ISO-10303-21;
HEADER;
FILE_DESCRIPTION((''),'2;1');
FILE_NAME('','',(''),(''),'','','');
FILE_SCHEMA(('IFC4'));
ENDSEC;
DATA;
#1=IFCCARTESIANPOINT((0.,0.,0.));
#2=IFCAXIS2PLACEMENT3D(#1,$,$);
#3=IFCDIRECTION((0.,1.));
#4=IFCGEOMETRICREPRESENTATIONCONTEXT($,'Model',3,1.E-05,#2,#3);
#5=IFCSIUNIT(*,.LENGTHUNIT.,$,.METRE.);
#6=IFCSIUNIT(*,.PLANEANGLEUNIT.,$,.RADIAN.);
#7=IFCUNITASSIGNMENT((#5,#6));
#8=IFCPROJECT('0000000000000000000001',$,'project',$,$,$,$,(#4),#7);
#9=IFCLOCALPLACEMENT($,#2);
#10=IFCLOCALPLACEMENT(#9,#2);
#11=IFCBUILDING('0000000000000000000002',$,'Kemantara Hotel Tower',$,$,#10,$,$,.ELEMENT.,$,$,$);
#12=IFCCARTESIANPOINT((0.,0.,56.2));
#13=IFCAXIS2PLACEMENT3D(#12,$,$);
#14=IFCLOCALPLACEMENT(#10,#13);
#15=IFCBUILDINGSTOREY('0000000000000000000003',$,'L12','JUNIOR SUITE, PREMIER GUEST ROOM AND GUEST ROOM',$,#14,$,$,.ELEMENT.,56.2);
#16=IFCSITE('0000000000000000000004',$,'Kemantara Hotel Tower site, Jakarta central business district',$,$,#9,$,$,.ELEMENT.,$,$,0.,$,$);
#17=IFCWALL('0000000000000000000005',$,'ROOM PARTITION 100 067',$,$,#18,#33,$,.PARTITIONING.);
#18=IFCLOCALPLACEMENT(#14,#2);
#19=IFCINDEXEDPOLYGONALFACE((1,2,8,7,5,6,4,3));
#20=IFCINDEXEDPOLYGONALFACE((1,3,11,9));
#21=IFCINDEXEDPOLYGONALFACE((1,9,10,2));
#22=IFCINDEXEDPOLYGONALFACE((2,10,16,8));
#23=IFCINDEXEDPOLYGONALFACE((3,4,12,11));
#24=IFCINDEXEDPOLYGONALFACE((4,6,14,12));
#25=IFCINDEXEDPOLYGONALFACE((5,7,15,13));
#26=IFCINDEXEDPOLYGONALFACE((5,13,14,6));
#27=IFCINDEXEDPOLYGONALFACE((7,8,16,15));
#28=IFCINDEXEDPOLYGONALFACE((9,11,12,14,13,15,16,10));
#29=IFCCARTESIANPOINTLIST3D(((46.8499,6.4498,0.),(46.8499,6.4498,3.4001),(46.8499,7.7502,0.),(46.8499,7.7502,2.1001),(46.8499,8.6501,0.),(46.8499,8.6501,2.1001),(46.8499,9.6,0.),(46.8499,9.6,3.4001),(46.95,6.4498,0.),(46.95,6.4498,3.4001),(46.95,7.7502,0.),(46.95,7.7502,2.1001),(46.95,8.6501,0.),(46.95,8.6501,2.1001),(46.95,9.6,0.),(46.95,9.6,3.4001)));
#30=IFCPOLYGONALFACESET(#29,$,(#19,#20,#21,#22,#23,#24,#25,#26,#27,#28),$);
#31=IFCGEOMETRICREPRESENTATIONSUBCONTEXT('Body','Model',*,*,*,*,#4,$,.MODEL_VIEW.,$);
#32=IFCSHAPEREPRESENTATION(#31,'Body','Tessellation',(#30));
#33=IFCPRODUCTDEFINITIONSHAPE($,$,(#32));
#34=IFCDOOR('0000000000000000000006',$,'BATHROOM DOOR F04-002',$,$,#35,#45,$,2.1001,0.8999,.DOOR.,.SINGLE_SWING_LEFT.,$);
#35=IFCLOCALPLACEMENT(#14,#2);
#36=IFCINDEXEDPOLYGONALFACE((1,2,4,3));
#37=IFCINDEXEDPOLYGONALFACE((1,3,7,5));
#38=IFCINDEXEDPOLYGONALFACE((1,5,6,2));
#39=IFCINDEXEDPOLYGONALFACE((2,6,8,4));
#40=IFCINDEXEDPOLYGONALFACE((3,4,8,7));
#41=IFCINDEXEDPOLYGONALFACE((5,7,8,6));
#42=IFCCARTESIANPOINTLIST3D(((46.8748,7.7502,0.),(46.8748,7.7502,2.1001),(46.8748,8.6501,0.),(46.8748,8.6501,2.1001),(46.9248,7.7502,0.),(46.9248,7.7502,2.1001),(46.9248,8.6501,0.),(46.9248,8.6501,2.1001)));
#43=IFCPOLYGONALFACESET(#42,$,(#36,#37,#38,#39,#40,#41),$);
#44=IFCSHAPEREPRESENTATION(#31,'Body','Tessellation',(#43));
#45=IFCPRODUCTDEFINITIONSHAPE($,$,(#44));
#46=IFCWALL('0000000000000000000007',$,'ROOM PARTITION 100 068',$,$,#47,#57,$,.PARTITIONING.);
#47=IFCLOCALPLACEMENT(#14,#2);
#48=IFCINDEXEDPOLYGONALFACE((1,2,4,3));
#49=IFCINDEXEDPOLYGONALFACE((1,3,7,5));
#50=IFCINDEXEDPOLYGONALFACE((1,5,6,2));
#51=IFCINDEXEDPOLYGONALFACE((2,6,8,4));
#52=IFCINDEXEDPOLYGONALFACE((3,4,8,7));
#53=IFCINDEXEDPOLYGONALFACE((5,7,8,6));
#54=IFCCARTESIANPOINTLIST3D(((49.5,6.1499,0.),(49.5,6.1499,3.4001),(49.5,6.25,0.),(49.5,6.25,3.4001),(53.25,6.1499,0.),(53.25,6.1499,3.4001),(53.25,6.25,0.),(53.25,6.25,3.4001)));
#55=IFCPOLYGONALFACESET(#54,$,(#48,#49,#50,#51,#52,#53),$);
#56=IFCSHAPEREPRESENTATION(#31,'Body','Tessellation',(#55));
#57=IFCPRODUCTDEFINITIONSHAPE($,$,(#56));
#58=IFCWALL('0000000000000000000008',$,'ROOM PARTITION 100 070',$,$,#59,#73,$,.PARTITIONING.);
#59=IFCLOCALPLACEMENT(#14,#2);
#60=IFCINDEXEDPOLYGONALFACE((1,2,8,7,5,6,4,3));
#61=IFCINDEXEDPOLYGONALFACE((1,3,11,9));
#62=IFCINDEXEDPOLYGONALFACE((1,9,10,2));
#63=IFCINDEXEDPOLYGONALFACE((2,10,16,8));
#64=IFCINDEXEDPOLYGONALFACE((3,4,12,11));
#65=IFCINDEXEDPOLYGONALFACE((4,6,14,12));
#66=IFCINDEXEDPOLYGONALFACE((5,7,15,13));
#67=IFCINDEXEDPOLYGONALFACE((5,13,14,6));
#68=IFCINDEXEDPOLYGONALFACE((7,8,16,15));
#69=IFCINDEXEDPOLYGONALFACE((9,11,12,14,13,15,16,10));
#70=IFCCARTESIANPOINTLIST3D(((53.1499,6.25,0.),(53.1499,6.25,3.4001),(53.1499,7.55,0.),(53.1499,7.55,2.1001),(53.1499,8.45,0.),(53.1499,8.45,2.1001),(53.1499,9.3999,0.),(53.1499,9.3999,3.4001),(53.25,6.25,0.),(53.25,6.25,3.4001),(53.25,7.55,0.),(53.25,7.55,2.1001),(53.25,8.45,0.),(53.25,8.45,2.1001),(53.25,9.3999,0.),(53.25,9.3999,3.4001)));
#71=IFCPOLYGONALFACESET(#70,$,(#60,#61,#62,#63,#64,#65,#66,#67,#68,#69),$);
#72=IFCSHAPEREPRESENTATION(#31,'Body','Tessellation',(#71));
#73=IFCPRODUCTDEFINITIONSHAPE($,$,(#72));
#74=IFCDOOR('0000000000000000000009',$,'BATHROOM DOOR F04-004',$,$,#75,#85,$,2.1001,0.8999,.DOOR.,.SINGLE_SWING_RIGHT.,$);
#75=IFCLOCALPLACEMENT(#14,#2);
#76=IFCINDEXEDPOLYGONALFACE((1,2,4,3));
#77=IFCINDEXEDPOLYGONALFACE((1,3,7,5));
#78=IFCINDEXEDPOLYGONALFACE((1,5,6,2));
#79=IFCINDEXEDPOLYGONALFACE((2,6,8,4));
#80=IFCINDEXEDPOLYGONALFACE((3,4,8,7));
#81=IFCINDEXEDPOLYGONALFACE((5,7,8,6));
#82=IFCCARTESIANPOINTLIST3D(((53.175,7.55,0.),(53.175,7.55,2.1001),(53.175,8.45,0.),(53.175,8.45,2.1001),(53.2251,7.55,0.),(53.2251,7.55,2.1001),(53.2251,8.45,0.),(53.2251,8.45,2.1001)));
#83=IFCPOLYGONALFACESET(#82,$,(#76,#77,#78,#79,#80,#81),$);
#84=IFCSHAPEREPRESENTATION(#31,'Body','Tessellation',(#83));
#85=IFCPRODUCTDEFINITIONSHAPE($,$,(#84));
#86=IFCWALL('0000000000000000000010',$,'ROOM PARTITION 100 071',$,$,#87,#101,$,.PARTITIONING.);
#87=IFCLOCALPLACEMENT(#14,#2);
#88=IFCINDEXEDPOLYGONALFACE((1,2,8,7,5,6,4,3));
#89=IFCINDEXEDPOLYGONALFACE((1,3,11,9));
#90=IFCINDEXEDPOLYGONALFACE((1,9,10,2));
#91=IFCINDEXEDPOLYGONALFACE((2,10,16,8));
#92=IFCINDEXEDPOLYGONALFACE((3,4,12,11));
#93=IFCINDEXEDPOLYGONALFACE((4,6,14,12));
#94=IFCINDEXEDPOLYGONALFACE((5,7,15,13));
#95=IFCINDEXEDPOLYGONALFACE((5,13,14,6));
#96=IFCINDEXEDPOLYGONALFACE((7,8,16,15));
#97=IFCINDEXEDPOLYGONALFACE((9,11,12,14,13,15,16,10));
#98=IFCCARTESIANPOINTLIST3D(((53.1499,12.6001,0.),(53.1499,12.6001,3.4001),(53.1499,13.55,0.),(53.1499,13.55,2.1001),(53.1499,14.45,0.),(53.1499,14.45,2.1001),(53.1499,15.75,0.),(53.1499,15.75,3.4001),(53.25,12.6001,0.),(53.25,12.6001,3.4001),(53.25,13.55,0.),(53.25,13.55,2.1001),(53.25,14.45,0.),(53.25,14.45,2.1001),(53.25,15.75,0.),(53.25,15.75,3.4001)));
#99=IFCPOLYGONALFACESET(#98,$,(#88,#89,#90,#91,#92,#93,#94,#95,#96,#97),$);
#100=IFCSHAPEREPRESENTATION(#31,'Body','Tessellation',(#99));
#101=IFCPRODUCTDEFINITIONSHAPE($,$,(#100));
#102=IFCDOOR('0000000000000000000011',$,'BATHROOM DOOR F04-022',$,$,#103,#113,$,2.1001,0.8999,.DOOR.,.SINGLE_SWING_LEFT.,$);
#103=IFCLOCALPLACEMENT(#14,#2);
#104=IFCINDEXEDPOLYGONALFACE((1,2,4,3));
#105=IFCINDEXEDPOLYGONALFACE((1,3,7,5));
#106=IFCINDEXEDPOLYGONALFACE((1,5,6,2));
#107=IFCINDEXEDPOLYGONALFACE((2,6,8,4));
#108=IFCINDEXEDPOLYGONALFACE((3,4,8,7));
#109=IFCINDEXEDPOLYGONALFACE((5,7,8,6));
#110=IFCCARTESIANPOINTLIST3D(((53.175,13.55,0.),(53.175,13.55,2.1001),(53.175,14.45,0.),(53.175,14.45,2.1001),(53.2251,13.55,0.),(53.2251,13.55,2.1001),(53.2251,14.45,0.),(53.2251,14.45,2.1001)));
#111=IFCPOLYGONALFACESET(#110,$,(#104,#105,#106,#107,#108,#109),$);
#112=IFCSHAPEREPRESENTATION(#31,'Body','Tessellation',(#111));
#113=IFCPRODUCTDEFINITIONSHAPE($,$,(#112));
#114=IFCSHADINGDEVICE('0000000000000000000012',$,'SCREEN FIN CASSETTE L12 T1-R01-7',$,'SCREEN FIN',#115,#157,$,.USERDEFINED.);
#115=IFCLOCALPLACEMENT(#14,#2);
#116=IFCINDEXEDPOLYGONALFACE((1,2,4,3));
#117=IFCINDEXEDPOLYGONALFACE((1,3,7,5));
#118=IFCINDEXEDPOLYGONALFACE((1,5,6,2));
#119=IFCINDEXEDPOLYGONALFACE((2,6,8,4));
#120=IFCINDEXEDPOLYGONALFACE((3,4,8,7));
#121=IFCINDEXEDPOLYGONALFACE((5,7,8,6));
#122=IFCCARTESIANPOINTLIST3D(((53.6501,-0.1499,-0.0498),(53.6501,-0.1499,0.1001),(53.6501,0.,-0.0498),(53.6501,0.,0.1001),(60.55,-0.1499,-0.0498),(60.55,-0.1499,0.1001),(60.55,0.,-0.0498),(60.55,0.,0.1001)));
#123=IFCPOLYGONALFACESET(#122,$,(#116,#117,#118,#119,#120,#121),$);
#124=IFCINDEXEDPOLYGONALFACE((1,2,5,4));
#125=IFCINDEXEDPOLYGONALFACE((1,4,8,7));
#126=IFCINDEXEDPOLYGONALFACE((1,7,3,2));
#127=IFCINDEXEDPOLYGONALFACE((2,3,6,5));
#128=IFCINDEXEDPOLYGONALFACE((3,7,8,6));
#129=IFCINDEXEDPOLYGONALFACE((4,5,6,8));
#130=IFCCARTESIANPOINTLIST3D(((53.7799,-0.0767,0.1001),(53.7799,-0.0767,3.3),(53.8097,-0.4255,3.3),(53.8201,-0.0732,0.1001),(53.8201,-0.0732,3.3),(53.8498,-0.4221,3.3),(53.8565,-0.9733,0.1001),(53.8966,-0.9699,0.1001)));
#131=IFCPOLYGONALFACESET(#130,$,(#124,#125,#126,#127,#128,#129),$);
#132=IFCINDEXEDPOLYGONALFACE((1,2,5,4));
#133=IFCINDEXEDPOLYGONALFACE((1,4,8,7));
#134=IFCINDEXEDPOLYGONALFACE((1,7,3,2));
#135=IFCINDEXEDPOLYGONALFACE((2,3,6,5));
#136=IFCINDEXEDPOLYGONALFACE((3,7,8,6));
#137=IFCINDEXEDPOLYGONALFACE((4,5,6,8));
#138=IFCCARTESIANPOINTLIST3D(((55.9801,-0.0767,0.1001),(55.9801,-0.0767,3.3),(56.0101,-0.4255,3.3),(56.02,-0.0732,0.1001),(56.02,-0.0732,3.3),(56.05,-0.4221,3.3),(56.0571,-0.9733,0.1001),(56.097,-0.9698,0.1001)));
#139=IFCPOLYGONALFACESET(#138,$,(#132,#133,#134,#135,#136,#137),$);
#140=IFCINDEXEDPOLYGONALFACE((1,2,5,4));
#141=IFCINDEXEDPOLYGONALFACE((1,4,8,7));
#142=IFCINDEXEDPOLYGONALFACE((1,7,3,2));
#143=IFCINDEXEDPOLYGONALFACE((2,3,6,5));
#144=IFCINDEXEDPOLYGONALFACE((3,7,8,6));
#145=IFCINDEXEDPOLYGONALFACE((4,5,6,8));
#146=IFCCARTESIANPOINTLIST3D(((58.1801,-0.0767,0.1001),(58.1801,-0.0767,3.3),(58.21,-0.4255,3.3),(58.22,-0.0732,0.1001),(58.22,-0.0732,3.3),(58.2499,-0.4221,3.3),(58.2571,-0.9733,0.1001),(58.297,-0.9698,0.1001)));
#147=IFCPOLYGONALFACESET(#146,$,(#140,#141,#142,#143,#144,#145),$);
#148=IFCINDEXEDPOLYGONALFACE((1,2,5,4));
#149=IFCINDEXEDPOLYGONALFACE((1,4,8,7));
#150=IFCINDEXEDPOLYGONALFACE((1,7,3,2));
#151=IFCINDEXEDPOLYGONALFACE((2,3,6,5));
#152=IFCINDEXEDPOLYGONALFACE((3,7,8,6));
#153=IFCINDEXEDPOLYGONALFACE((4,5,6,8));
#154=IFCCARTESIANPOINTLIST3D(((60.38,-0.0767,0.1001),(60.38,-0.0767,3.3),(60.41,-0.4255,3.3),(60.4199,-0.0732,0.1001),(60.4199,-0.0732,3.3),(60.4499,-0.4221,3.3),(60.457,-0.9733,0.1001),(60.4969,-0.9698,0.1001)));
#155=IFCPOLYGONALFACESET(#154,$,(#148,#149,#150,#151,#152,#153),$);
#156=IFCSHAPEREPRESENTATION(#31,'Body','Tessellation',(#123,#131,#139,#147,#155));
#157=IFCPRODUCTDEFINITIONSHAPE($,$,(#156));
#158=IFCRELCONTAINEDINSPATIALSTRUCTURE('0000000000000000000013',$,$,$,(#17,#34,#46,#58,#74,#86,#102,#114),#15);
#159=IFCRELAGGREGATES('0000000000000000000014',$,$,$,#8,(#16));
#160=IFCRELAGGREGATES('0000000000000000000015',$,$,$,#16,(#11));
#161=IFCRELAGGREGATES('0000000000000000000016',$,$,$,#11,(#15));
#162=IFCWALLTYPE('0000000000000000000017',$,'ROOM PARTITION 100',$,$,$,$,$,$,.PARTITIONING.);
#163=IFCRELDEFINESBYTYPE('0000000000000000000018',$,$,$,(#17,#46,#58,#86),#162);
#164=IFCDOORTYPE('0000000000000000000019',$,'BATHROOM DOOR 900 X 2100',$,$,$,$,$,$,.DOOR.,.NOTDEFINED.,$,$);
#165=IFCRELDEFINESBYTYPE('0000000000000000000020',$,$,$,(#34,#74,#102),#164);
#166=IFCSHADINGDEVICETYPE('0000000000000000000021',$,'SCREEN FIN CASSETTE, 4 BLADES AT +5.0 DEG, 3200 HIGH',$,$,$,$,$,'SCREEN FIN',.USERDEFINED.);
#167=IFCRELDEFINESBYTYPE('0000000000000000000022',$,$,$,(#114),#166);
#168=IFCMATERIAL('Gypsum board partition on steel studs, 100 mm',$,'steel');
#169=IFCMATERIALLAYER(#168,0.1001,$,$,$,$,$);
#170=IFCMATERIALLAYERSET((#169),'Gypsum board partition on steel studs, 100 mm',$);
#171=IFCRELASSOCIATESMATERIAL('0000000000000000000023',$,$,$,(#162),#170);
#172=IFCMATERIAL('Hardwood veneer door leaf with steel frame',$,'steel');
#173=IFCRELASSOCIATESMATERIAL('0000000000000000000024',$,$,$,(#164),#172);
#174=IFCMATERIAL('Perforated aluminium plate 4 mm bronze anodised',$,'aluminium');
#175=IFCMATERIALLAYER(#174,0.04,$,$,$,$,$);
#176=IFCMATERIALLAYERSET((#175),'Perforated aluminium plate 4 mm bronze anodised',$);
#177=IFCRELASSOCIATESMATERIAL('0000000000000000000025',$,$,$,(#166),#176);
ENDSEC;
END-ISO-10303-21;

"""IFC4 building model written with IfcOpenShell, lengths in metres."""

from ifc_helpers import new_model, si_unit, direction, frame, frame_2d, origin, origin_2d, place, context, subcontext, project, spatial, polyline, rectangle, outline, extrude, source, transform, mapped, material, layer, layer_set, type_object, element, fill, save


model = new_model("IFC4")

# Units and contexts
model_context = context("Model", 3, precision=1e-05, world=origin(), true_north=direction((0.0, 1.0)))
body_context = subcontext(model_context, "Body", "Model", "MODEL_VIEW")
ifc_project = project(units=[si_unit("LENGTHUNIT", "METRE"), si_unit("PLANEANGLEUNIT", "RADIAN")], contexts=[model_context])

# Site, building, storey
site_placement = place(None, origin())
site = spatial("IfcSite", under=ifc_project, at=site_placement, Name="Kemantara Hotel Tower site, Jakarta central business district", CompositionType="ELEMENT", RefElevation=0.0)
building_placement = place(site_placement, origin())
building = spatial("IfcBuilding", under=site, at=building_placement, Name="Kemantara Hotel Tower", CompositionType="ELEMENT")
storey_placement = place(building_placement, frame((0.0, 0.0, 56.2)))
storey = spatial("IfcBuildingStorey", under=building, at=storey_placement, Name="L12", Description="JUNIOR SUITE, PREMIER GUEST ROOM AND GUEST ROOM", CompositionType="ELEMENT", Elevation=56.2)

# Shared definitions
ifc_material_1 = material(Name="Hardwood veneer door leaf with steel frame", Category="steel")

# Wall, opening, door
ifc_material_2 = material(Name="Gypsum board partition on steel studs, 100 mm", Category="steel")
ifc_layer_1 = layer(ifc_material_2, 0.1001)
ifc_layer_set_1 = layer_set([ifc_layer_1], Name="Gypsum board partition on steel studs, 100 mm")
wall_type_1 = type_object("IfcWallType", Name="ROOM PARTITION 100", PredefinedType="PARTITIONING", material=ifc_layer_set_1)
wall_1_placement = place(storey_placement, frame((46.8999, 9.6001, 0.0), z_axis=(0.0, 0.0, 1.0), x_axis=(0.0, -1.0, 0.0)))
wall_1 = element("IfcWall", 1, at=wall_1_placement, inside=storey, type_object=wall_type_1, Name="ROOM PARTITION 100 067", PredefinedType="PARTITIONING", context=body_context, shape_type="SweptSolid", body=[
    extrude(rectangle(XDim=3.1501, YDim=0.1001, at=frame_2d((1.5752, 0.0))), origin(), (0.0, 0.0, 1.0), 3.4001),
])
opening_1_placement = place(wall_1_placement, frame((0.95, 0.0, 0.0)))
opening_1 = element("IfcOpeningElement", 2, at=opening_1_placement, cuts=wall_1, PredefinedType="OPENING", context=body_context, shape_type="SweptSolid", body=[
    extrude(rectangle(XDim=0.8999, YDim=2.1001, at=frame_2d((0.45, 1.05))), frame((0.0, 0.0601, 0.0), z_axis=(0.0, -1.0, 0.0), x_axis=(1.0, 0.0, 0.0)), (0.0, 0.0, 1.0), 0.1201),
])
door_type_1 = type_object("IfcDoorType", Name="BATHROOM DOOR 900 X 2100", OperationType="NOTDEFINED", PredefinedType="DOOR", material=ifc_material_1)
door_1_placement = place(opening_1_placement, origin())
door_1 = element("IfcDoor", 3, at=door_1_placement, inside=storey, type_object=door_type_1, Name="BATHROOM DOOR F04-002", OperationType="SINGLE_SWING_LEFT", OverallHeight=2.1001, OverallWidth=0.8999, PredefinedType="DOOR", context=body_context, shape_type="SweptSolid", body=[
    extrude(rectangle(XDim=0.8999, YDim=2.1001, at=frame_2d((0.45, 1.05))), frame((0.0, 0.0249, 0.0), z_axis=(0.0, -1.0, 0.0), x_axis=(1.0, 0.0, 0.0)), (0.0, 0.0, 1.0), 0.05),
])
fill(opening_1, door_1)

# Wall
wall_2_placement = place(storey_placement, frame((49.5, 6.2, 0.0), z_axis=(0.0, 0.0, 1.0), x_axis=(1.0, 0.0, 0.0)))
element("IfcWall", 4, at=wall_2_placement, inside=storey, type_object=wall_type_1, Name="ROOM PARTITION 100 068", PredefinedType="PARTITIONING", context=body_context, shape_type="SweptSolid", body=[
    extrude(rectangle(XDim=3.75, YDim=0.1001, at=frame_2d((1.875, 0.0))), origin(), (0.0, 0.0, 1.0), 3.4001),
])

# Walls, openings, doors
wall_3_placement = place(storey_placement, frame((53.2, 6.25, 0.0), z_axis=(0.0, 0.0, 1.0), x_axis=(0.0, 1.0, 0.0)))
wall_3 = element("IfcWall", 5, at=wall_3_placement, inside=storey, type_object=wall_type_1, Name="ROOM PARTITION 100 070", PredefinedType="PARTITIONING", context=body_context, shape_type="SweptSolid", body=[
    extrude(rectangle(XDim=3.1499, YDim=0.1001, at=frame_2d((1.575, 0.0))), origin(), (0.0, 0.0, 1.0), 3.4001),
])
opening_2_placement = place(wall_3_placement, frame((1.3, 0.0, 0.0)))
opening_2 = element("IfcOpeningElement", 6, at=opening_2_placement, cuts=wall_3, PredefinedType="OPENING", context=body_context, shape_type="SweptSolid", body=[
    extrude(rectangle(XDim=0.8999, YDim=2.1001, at=frame_2d((0.45, 1.05))), frame((0.0, 0.0601, 0.0), z_axis=(0.0, -1.0, 0.0), x_axis=(1.0, 0.0, 0.0)), (0.0, 0.0, 1.0), 0.1201),
])
door_2_placement = place(opening_2_placement, origin())
door_2 = element("IfcDoor", 7, at=door_2_placement, inside=storey, type_object=door_type_1, Name="BATHROOM DOOR F04-004", OperationType="SINGLE_SWING_RIGHT", OverallHeight=2.1001, OverallWidth=0.8999, PredefinedType="DOOR", context=body_context, shape_type="SweptSolid", body=[
    extrude(rectangle(XDim=0.8999, YDim=2.1001, at=frame_2d((0.45, 1.05))), frame((0.0, 0.0249, 0.0), z_axis=(0.0, -1.0, 0.0), x_axis=(1.0, 0.0, 0.0)), (0.0, 0.0, 1.0), 0.05),
])
fill(opening_2, door_2)
wall_4_placement = place(storey_placement, frame((53.2, 12.6001, 0.0), z_axis=(0.0, 0.0, 1.0), x_axis=(0.0, 1.0, 0.0)))
wall_4 = element("IfcWall", 8, at=wall_4_placement, inside=storey, type_object=wall_type_1, Name="ROOM PARTITION 100 071", PredefinedType="PARTITIONING", context=body_context, shape_type="SweptSolid", body=[
    extrude(rectangle(XDim=3.1499, YDim=0.1001, at=frame_2d((1.575, 0.0))), origin(), (0.0, 0.0, 1.0), 3.4001),
])
opening_3_placement = place(wall_4_placement, frame((0.95, 0.0, 0.0)))
opening_3 = element("IfcOpeningElement", 9, at=opening_3_placement, cuts=wall_4, PredefinedType="OPENING", context=body_context, shape_type="SweptSolid", body=[
    extrude(rectangle(XDim=0.8999, YDim=2.1001, at=frame_2d((0.45, 1.05))), frame((0.0, 0.0601, 0.0), z_axis=(0.0, -1.0, 0.0), x_axis=(1.0, 0.0, 0.0)), (0.0, 0.0, 1.0), 0.1201),
])
door_3_placement = place(opening_3_placement, origin())
door_3 = element("IfcDoor", 10, at=door_3_placement, inside=storey, type_object=door_type_1, Name="BATHROOM DOOR F04-022", OperationType="SINGLE_SWING_LEFT", OverallHeight=2.1001, OverallWidth=0.8999, PredefinedType="DOOR", context=body_context, shape_type="SweptSolid", body=[
    extrude(rectangle(XDim=0.8999, YDim=2.1001, at=frame_2d((0.45, 1.05))), frame((0.0, 0.0249, 0.0), z_axis=(0.0, -1.0, 0.0), x_axis=(1.0, 0.0, 0.0)), (0.0, 0.0, 1.0), 0.05),
])
fill(opening_3, door_3)

# Shading device
ifc_material_3 = material(Name="Perforated aluminium plate 4 mm bronze anodised", Category="aluminium")
ifc_layer_2 = layer(ifc_material_3, 0.04)
ifc_layer_set_2 = layer_set([ifc_layer_2], Name="Perforated aluminium plate 4 mm bronze anodised")
shading_device_type = type_object("IfcShadingDeviceType", Name="SCREEN FIN CASSETTE, 4 BLADES AT +5.0 DEG, 3200 HIGH", ElementType="SCREEN FIN", PredefinedType="USERDEFINED", material=ifc_layer_set_2)
shared_shape = source(origin(), body_context, "Body", "SweptSolid", [
    extrude(rectangle(XDim=6.8999, YDim=0.1499, at=origin_2d()), frame((3.3, -0.075, -0.1499), z_axis=(0.0, 0.0, 1.0), x_axis=(1.0, 0.0, 0.0)), (0.0, 0.0, 1.0), 0.1499),
    extrude(outline(polyline([(0.0, 0.0), (0.8999, 0.0), (0.3501, 3.2), (0.0, 3.2), (0.0, 0.0)])), frame((0.02, -0.0732, 0.0), z_axis=(-0.996376, -0.085056, 0.0), x_axis=(0.085056, -0.996376, 0.0)), (0.0, 0.0, 1.0), 0.0403),
    extrude(outline(polyline([(0.0, 0.0), (0.8999, 0.0), (0.3501, 3.2), (0.0, 3.2), (0.0, 0.0)])), frame((2.22, -0.0732, 0.0), z_axis=(-0.996332, -0.085575, 0.0), x_axis=(0.085575, -0.996332, 0.0)), (0.0, 0.0, 1.0), 0.04),
    extrude(outline(polyline([(0.0, 0.0), (0.8999, 0.0), (0.3501, 3.2), (0.0, 3.2), (0.0, 0.0)])), frame((4.4199, -0.0732, 0.0), z_axis=(-0.996332, -0.085575, 0.0), x_axis=(0.085575, -0.996332, 0.0)), (0.0, 0.0, 1.0), 0.04),
    extrude(outline(polyline([(0.0, 0.0), (0.8999, 0.0), (0.3501, 3.2), (0.0, 3.2), (0.0, 0.0)])), frame((6.6199, -0.0732, 0.0), z_axis=(-0.996332, -0.085575, 0.0), x_axis=(0.085575, -0.996332, 0.0)), (0.0, 0.0, 1.0), 0.04),
])
shading_device_placement = place(storey_placement, frame((53.8, 0.0, 0.1001), z_axis=(0.0, 0.0, 1.0), x_axis=(1.0, 0.0, 0.0)))
element("IfcShadingDevice", 11, at=shading_device_placement, inside=storey, type_object=shading_device_type, Name="SCREEN FIN CASSETTE L12 T1-R01-7", ObjectType="SCREEN FIN", PredefinedType="USERDEFINED", context=body_context, shape_type="MappedRepresentation", body=[
    mapped(shared_shape, transform((0.0, 0.0, 0.0))),
])

save(model, "model.ifc")
